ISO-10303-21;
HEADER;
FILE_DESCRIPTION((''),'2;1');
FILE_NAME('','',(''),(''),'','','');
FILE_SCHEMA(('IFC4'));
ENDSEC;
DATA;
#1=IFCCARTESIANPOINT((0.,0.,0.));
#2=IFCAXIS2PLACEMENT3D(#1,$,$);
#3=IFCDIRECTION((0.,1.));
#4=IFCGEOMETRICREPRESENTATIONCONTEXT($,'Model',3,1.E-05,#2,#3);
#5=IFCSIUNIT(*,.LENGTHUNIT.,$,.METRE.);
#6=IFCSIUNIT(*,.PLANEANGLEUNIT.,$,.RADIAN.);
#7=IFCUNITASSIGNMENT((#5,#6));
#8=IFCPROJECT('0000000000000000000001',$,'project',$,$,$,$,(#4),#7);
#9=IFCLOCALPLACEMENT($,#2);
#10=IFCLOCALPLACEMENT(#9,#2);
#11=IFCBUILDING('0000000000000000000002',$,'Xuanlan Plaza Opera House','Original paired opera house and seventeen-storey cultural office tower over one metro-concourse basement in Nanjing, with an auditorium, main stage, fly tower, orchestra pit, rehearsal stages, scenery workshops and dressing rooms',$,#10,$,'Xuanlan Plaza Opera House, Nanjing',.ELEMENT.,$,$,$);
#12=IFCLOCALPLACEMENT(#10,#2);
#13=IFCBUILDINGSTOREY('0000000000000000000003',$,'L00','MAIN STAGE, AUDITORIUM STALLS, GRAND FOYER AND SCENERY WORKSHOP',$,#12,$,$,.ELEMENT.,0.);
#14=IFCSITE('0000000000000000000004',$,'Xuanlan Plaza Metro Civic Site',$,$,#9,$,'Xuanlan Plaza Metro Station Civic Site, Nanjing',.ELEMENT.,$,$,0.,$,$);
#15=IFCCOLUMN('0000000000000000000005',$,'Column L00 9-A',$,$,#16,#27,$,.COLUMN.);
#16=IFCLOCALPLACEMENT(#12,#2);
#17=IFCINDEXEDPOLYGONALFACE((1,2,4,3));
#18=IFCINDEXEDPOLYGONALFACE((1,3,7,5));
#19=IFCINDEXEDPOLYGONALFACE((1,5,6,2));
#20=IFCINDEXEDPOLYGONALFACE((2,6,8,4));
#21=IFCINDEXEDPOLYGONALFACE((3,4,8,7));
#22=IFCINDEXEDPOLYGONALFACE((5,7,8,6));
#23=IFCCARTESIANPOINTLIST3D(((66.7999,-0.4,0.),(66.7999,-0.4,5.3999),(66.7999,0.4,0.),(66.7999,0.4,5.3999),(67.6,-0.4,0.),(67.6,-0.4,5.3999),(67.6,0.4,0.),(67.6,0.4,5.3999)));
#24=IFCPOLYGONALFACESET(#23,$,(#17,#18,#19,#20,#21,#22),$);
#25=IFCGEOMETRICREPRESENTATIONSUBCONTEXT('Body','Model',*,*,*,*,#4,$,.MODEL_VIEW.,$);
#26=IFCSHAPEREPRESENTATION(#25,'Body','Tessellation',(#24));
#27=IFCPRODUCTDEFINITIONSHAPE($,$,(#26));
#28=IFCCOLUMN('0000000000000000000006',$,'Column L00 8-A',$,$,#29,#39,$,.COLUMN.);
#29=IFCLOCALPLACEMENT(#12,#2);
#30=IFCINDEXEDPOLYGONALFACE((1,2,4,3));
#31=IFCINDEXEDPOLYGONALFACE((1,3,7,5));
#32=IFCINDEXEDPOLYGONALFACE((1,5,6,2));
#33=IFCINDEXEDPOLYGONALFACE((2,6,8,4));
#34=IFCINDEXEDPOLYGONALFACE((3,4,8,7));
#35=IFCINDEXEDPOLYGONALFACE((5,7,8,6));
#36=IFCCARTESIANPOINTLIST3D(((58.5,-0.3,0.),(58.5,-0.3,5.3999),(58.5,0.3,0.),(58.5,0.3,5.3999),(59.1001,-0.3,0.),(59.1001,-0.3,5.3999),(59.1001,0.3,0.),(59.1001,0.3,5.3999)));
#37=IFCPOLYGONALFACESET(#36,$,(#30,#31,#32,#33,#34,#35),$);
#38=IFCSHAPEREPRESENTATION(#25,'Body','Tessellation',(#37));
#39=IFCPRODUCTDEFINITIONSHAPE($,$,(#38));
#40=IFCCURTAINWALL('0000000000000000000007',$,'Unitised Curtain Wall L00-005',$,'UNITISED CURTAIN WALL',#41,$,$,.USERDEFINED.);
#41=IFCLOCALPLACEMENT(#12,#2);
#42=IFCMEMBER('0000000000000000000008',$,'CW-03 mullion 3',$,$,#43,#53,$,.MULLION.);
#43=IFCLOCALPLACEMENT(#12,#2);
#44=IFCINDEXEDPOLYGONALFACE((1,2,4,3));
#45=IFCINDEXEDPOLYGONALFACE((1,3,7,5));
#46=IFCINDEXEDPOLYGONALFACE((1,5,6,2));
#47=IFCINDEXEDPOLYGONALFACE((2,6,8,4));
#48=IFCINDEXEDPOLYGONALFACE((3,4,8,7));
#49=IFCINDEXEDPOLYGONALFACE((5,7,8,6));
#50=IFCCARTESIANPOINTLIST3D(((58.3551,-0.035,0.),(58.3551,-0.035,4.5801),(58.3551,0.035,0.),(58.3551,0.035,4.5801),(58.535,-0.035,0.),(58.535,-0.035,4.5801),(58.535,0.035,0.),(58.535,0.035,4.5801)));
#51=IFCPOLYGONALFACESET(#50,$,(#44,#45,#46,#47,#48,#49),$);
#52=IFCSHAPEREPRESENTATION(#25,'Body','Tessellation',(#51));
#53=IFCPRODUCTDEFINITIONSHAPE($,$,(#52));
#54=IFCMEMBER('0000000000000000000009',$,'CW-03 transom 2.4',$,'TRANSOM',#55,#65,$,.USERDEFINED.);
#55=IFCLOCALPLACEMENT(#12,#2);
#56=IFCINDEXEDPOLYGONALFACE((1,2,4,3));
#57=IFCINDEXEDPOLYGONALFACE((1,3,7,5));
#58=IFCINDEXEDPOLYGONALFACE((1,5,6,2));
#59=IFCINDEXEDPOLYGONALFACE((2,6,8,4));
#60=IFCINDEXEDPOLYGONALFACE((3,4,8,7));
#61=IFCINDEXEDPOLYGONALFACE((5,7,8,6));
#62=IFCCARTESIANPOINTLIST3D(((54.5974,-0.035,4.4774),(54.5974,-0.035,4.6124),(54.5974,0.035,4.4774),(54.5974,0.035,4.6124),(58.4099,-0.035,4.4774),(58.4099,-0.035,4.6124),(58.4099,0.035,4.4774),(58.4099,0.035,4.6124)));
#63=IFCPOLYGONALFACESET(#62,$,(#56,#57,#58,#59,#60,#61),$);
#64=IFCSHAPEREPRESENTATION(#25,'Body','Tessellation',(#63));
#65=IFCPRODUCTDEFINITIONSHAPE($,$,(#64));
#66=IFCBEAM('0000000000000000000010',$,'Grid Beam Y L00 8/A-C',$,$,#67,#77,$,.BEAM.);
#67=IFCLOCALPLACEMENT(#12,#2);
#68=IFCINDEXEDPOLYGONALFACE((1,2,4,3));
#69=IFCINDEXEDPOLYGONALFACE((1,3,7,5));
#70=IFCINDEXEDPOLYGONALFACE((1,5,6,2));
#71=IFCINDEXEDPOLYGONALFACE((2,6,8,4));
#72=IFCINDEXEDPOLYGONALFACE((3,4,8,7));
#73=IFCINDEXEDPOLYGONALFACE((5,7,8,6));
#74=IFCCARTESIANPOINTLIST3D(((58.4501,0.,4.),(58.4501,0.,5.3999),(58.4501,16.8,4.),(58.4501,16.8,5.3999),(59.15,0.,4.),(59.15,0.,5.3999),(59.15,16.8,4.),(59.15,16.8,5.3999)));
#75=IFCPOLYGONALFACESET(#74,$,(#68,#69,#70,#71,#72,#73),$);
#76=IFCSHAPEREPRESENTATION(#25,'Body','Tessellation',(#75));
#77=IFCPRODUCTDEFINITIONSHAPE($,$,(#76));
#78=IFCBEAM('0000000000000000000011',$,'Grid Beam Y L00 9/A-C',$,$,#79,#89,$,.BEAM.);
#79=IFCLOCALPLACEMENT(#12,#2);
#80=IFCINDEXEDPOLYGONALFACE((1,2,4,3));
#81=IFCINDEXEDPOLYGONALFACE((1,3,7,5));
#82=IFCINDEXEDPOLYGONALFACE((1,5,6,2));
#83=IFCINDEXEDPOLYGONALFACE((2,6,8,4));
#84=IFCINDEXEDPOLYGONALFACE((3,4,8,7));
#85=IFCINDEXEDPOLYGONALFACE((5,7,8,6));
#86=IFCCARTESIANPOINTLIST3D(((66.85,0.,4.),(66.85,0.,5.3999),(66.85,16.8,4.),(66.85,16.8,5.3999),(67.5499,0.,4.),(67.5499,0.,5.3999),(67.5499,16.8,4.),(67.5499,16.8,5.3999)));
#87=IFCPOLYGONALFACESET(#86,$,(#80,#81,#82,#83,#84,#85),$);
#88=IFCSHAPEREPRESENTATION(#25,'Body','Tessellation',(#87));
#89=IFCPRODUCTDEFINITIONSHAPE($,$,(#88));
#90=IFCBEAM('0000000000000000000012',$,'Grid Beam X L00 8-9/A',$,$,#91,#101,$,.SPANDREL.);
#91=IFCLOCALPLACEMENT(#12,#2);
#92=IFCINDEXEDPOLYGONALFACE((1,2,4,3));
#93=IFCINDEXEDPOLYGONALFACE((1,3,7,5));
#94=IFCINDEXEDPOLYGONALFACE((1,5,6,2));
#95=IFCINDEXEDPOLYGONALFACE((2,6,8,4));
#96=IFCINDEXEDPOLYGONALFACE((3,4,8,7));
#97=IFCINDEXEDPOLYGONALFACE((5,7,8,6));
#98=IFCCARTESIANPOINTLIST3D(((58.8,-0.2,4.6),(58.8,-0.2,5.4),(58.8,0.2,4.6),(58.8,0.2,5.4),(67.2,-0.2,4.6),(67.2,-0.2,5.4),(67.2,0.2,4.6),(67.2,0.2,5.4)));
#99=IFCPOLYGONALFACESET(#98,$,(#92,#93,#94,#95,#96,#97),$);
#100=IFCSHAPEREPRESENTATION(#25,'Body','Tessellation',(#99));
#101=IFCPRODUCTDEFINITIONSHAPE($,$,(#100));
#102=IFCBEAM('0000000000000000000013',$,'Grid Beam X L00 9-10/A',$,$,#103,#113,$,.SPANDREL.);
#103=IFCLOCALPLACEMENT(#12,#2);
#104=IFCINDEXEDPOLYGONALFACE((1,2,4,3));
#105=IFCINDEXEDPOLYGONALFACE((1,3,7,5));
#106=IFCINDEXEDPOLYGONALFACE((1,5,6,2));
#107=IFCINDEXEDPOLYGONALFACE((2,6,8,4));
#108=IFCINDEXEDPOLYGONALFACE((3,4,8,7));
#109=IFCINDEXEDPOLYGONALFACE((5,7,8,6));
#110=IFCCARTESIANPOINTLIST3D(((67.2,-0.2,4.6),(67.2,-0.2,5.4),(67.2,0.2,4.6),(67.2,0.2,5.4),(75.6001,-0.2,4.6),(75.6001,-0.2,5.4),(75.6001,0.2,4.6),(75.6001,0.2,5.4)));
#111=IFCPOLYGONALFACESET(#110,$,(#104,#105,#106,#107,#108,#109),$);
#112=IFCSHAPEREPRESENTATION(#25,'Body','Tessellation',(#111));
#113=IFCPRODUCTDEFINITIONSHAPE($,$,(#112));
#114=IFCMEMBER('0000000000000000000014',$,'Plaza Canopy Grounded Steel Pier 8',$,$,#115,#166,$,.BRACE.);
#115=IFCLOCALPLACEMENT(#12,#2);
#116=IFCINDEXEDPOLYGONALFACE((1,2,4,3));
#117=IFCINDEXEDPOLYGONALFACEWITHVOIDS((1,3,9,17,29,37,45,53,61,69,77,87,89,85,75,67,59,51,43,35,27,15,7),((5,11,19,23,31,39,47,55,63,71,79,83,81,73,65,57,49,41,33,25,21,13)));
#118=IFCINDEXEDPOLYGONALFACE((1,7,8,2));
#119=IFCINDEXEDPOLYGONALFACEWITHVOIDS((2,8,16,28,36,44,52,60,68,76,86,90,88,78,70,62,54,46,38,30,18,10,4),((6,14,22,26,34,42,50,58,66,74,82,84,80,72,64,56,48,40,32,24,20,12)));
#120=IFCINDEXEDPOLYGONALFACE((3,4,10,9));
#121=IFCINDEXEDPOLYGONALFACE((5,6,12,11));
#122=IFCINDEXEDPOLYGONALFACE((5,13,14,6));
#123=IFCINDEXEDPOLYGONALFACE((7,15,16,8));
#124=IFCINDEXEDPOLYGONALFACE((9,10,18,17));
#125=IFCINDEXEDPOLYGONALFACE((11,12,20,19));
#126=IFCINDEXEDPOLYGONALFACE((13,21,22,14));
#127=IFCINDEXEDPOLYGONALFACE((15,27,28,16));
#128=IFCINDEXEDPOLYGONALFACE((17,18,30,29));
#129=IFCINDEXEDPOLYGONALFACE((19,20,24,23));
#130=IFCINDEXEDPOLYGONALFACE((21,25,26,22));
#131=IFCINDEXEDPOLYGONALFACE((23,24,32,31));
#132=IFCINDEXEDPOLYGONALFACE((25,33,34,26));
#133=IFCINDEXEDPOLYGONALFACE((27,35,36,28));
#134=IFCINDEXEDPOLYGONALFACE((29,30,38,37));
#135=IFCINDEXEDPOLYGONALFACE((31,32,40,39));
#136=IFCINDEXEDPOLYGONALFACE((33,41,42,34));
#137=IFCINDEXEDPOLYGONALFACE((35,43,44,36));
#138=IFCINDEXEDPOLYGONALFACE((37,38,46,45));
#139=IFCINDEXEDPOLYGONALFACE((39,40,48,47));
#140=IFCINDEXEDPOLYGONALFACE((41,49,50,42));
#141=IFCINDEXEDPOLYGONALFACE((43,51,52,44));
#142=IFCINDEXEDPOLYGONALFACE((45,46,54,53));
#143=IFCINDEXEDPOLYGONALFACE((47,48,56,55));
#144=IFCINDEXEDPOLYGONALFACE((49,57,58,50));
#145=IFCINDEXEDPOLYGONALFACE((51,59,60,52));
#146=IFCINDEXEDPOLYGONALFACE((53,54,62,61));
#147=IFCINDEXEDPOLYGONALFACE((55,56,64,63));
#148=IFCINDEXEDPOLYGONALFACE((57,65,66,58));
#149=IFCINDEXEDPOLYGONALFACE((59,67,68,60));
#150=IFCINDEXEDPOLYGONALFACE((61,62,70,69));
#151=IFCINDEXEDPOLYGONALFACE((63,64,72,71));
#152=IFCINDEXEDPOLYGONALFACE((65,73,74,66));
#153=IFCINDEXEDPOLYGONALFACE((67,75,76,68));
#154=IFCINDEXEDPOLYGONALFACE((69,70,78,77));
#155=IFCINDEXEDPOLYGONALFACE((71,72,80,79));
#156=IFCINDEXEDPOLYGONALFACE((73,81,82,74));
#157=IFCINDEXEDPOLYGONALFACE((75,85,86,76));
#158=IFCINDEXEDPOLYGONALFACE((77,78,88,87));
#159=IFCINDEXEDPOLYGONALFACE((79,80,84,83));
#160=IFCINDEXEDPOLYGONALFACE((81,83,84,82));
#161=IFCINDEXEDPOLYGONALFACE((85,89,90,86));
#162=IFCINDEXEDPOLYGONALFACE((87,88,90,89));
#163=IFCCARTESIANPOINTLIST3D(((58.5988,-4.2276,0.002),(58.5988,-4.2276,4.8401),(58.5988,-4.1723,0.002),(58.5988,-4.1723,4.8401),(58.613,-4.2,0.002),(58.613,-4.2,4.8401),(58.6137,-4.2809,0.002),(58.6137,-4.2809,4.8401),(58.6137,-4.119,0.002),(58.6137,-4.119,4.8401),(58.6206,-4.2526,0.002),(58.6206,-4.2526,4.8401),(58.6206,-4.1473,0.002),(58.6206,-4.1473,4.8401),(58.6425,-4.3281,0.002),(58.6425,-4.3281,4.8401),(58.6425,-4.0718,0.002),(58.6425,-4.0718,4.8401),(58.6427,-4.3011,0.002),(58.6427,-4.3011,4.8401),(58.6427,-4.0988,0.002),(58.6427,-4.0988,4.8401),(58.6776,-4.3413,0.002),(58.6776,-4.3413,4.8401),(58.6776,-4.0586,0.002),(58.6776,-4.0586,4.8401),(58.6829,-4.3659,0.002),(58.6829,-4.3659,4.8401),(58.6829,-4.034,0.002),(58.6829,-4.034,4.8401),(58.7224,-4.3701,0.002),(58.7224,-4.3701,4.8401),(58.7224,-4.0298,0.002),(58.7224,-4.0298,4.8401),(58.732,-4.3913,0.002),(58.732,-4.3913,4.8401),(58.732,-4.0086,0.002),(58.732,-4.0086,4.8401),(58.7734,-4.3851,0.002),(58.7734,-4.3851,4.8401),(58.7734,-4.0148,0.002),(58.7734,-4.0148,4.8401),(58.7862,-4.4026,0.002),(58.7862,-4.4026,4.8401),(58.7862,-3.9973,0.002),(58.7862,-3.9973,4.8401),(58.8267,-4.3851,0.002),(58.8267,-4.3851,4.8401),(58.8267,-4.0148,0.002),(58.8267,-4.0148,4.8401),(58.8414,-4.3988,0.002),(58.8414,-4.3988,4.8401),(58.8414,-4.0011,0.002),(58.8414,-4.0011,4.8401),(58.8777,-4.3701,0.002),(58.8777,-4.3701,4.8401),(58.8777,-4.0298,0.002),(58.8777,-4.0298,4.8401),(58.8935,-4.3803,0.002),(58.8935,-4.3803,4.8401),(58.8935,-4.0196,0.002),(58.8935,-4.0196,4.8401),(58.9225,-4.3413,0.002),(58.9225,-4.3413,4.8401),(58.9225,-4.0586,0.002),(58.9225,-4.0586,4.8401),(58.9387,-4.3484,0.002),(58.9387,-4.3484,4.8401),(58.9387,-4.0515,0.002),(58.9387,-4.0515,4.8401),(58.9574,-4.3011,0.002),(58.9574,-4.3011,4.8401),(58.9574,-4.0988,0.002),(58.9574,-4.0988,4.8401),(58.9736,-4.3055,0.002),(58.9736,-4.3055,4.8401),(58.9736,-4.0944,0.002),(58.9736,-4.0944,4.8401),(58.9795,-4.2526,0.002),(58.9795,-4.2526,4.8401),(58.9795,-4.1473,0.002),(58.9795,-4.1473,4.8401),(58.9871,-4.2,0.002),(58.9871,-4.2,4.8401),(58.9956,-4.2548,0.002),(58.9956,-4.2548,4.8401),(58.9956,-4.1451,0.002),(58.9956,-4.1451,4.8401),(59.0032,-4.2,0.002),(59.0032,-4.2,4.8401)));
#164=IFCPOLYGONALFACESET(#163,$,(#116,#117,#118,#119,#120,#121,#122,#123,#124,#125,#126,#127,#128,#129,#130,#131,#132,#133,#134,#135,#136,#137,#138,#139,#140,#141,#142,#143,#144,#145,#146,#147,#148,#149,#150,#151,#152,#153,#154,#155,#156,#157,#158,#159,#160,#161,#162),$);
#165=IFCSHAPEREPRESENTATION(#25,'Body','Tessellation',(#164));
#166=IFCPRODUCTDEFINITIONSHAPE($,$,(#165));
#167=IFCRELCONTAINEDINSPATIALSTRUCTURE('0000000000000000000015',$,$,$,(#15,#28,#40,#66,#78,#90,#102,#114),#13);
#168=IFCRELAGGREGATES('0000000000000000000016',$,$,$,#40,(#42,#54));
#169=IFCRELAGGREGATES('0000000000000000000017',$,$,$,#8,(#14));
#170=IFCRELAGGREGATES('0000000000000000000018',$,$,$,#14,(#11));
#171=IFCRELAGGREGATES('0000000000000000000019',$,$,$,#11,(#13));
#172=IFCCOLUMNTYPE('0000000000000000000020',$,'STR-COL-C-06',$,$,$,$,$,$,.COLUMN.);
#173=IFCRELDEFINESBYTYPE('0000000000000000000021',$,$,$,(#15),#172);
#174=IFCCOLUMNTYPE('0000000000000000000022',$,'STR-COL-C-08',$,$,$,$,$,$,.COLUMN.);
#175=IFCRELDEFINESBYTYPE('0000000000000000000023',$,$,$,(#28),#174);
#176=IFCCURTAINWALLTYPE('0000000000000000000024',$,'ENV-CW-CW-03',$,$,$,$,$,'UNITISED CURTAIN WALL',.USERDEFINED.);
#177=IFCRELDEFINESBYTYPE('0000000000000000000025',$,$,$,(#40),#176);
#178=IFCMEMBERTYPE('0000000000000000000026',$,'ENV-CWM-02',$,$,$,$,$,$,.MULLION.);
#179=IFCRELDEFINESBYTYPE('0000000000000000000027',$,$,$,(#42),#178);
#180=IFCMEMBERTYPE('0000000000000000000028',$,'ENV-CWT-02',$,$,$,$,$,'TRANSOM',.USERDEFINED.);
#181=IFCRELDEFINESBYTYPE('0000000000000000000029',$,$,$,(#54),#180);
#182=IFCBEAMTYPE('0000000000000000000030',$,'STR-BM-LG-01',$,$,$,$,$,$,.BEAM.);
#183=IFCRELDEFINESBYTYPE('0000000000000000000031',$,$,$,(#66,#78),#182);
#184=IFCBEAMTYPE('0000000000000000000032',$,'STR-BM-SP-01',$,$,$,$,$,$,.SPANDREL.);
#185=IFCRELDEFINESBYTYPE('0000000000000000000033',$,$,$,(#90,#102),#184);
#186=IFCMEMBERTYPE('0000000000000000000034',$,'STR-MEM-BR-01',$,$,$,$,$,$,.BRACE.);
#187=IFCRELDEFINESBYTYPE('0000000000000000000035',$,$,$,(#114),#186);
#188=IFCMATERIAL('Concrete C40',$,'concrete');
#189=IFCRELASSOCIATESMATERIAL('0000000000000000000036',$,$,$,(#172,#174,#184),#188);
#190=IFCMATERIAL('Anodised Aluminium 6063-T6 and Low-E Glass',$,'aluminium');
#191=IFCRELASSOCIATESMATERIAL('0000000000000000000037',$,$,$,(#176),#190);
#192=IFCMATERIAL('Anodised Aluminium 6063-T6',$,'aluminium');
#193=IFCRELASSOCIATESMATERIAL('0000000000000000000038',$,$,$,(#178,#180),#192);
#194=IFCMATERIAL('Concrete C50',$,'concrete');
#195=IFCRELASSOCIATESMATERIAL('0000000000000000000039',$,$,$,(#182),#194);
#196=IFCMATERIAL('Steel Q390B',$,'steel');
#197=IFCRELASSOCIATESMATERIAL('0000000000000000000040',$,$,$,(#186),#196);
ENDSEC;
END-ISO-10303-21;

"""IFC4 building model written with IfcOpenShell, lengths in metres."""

from ifc_helpers import new_model, si_unit, direction, frame, origin, origin_2d, place, context, subcontext, project, spatial, rectangle, hollow_circle, extrude, material, material_profile, profile_set, type_object, element, aggregate, save


model = new_model("IFC4")

# Units and contexts
model_context = context("Model", 3, precision=1e-05, world=origin(), true_north=direction((0.0, 1.0)))
body_context = subcontext(model_context, "Body", "Model", "MODEL_VIEW")
ifc_project = project(units=[si_unit("LENGTHUNIT", "METRE"), si_unit("PLANEANGLEUNIT", "RADIAN")], contexts=[model_context])

# Site, building, storey
site_placement = place(None, origin())
site = spatial("IfcSite", under=ifc_project, at=site_placement, Name="Xuanlan Plaza Metro Civic Site", LongName="Xuanlan Plaza Metro Station Civic Site, Nanjing", CompositionType="ELEMENT", RefElevation=0.0)
building_placement = place(site_placement, origin())
building = spatial("IfcBuilding", under=site, at=building_placement, Name="Xuanlan Plaza Opera House", Description="Original paired opera house and seventeen-storey cultural office tower over one metro-concourse basement in Nanjing, with an auditorium, main stage, fly tower, orchestra pit, rehearsal stages, scenery workshops and dressing rooms", LongName="Xuanlan Plaza Opera House, Nanjing", CompositionType="ELEMENT")
storey_placement = place(building_placement, origin())
storey = spatial("IfcBuildingStorey", under=building, at=storey_placement, Name="L00", Description="MAIN STAGE, AUDITORIUM STALLS, GRAND FOYER AND SCENERY WORKSHOP", CompositionType="ELEMENT", Elevation=0.0)

# Columns
ifc_material_1 = material(Name="Concrete C40", Category="concrete")
ifc_material_profile_1 = material_profile(ifc_material_1, rectangle(XDim=0.8, YDim=0.8, at=origin_2d()), Name="RC-COL 800x800")
ifc_profile_set_1 = profile_set([ifc_material_profile_1], Name="Concrete C40")
column_type_1 = type_object("IfcColumnType", Name="STR-COL-C-06", PredefinedType="COLUMN", material=ifc_profile_set_1)
column_1_placement = place(storey_placement, frame((67.2, 0.0, 0.0), z_axis=(0.0, 0.0, 1.0), x_axis=(1.0, 0.0, 0.0)))
element("IfcColumn", 1, at=column_1_placement, inside=storey, type_object=column_type_1, Name="Column L00 9-A", PredefinedType="COLUMN", context=body_context, shape_type="SweptSolid", body=[
    extrude(rectangle(XDim=0.8, YDim=0.8, at=origin_2d()), origin(), (0.0, 0.0, 1.0), 5.3999),
])
ifc_material_profile_2 = material_profile(ifc_material_1, rectangle(XDim=0.6001, YDim=0.6001, at=origin_2d()), Name="RC-COL 600x600")
ifc_profile_set_2 = profile_set([ifc_material_profile_2], Name="Concrete C40")
column_type_2 = type_object("IfcColumnType", Name="STR-COL-C-08", PredefinedType="COLUMN", material=ifc_profile_set_2)
column_2_placement = place(storey_placement, frame((58.8, 0.0, 0.0), z_axis=(0.0, 0.0, 1.0), x_axis=(1.0, 0.0, 0.0)))
element("IfcColumn", 2, at=column_2_placement, inside=storey, type_object=column_type_2, Name="Column L00 8-A", PredefinedType="COLUMN", context=body_context, shape_type="SweptSolid", body=[
    extrude(rectangle(XDim=0.6001, YDim=0.6001, at=origin_2d()), origin(), (0.0, 0.0, 1.0), 5.3999),
])

# Curtain wall, members
ifc_material_2 = material(Name="Anodised Aluminium 6063-T6 and Low-E Glass", Category="aluminium")
curtain_wall_type = type_object("IfcCurtainWallType", Name="ENV-CW-CW-03", ElementType="UNITISED CURTAIN WALL", PredefinedType="USERDEFINED", material=ifc_material_2)
curtain_wall_placement = place(storey_placement, origin())
curtain_wall = element("IfcCurtainWall", 3, at=curtain_wall_placement, inside=storey, type_object=curtain_wall_type, Name="Unitised Curtain Wall L00-005", ObjectType="UNITISED CURTAIN WALL", PredefinedType="USERDEFINED")
ifc_material_3 = material(Name="Anodised Aluminium 6063-T6", Category="aluminium")
ifc_material_profile_3 = material_profile(ifc_material_3, rectangle(XDim=0.0701, YDim=0.1799, at=origin_2d()), Name="ALU-M 70x180")
ifc_profile_set_3 = profile_set([ifc_material_profile_3], Name="Anodised Aluminium 6063-T6")
member_type_1 = type_object("IfcMemberType", Name="ENV-CWM-02", PredefinedType="MULLION", material=ifc_profile_set_3)
member_1_placement = place(storey_placement, frame((58.4451, 0.0, 0.0), z_axis=(0.0, 0.0, 1.0), x_axis=(0.0, 1.0, 0.0)))
member_1 = element("IfcMember", 4, at=member_1_placement, type_object=member_type_1, Name="CW-03 mullion 3", PredefinedType="MULLION", context=body_context, shape_type="SweptSolid", body=[
    extrude(rectangle(XDim=0.0701, YDim=0.1799, at=origin_2d()), origin(), (0.0, 0.0, 1.0), 4.5801),
])
ifc_material_profile_4 = material_profile(ifc_material_3, rectangle(XDim=0.0701, YDim=0.135, at=origin_2d()), Name="ALU-T 70x135")
ifc_profile_set_4 = profile_set([ifc_material_profile_4], Name="Anodised Aluminium 6063-T6")
member_type_2 = type_object("IfcMemberType", Name="ENV-CWT-02", ElementType="TRANSOM", PredefinedType="USERDEFINED", material=ifc_profile_set_4)
member_2_placement = place(storey_placement, frame((54.5974, 0.0, 4.5449), z_axis=(1.0, 0.0, 0.0), x_axis=(0.0, 1.0, 0.0)))
member_2 = element("IfcMember", 5, at=member_2_placement, type_object=member_type_2, Name="CW-03 transom 2.4", ObjectType="TRANSOM", PredefinedType="USERDEFINED", context=body_context, shape_type="SweptSolid", body=[
    extrude(rectangle(XDim=0.0701, YDim=0.135, at=origin_2d()), origin(), (0.0, 0.0, 1.0), 3.8125),
])

# Beams
ifc_material_4 = material(Name="Concrete C50", Category="concrete")
ifc_material_profile_5 = material_profile(ifc_material_4, rectangle(XDim=0.7, YDim=1.3999, at=origin_2d()), Name="RC-LG 700x1400")
ifc_profile_set_5 = profile_set([ifc_material_profile_5], Name="Concrete C50")
beam_type_1 = type_object("IfcBeamType", Name="STR-BM-LG-01", PredefinedType="BEAM", material=ifc_profile_set_5)
for number, where, z_axis, x_axis, name in (
    (6, (58.8, 0.0, 4.7), (0.0, 1.0, 0.0), (-1.0, 0.0, 0.0), "Grid Beam Y L00 8/A-C"),
    (7, (67.2, 0.0, 4.7), (0.0, 1.0, 0.0), (-1.0, 0.0, 0.0), "Grid Beam Y L00 9/A-C"),
):
    element("IfcBeam", number, at=place(storey_placement, frame(where, z_axis=z_axis, x_axis=x_axis)), inside=storey, type_object=beam_type_1, Name=name, PredefinedType="BEAM", context=body_context, shape_type="SweptSolid", body=[
        extrude(rectangle(XDim=0.7, YDim=1.3999, at=origin_2d()), origin(), (0.0, 0.0, 1.0), 16.8),
    ])
ifc_material_profile_6 = material_profile(ifc_material_1, rectangle(XDim=0.3999, YDim=0.8, at=origin_2d()), Name="RC-SPD 400x800")
ifc_profile_set_6 = profile_set([ifc_material_profile_6], Name="Concrete C40")
beam_type_2 = type_object("IfcBeamType", Name="STR-BM-SP-01", PredefinedType="SPANDREL", material=ifc_profile_set_6)
beam_1_placement = place(storey_placement, frame((58.8, 0.0, 5.0), z_axis=(1.0, 0.0, 0.0), x_axis=(0.0, 1.0, 0.0)))
element("IfcBeam", 8, at=beam_1_placement, inside=storey, type_object=beam_type_2, Name="Grid Beam X L00 8-9/A", PredefinedType="SPANDREL", context=body_context, shape_type="SweptSolid", body=[
    extrude(rectangle(XDim=0.3999, YDim=0.8, at=origin_2d()), origin(), (0.0, 0.0, 1.0), 8.3999),
])
beam_2_placement = place(storey_placement, frame((67.2, 0.0, 5.0), z_axis=(1.0, 0.0, 0.0), x_axis=(0.0, 1.0, 0.0)))
element("IfcBeam", 9, at=beam_2_placement, inside=storey, type_object=beam_type_2, Name="Grid Beam X L00 9-10/A", PredefinedType="SPANDREL", context=body_context, shape_type="SweptSolid", body=[
    extrude(rectangle(XDim=0.3999, YDim=0.8, at=origin_2d()), origin(), (0.0, 0.0, 1.0), 8.4001),
])

# Member
ifc_material_5 = material(Name="Steel Q390B", Category="steel")
ifc_material_profile_7 = material_profile(ifc_material_5, hollow_circle(Radius=0.2031, WallThickness=0.0161, at=origin_2d()), Name="CHS 406.4x16")
ifc_profile_set_7 = profile_set([ifc_material_profile_7], Name="Steel Q390B")
member_type_3 = type_object("IfcMemberType", Name="STR-MEM-BR-01", PredefinedType="BRACE", material=ifc_profile_set_7)
member_3_placement = place(storey_placement, frame((58.8, -4.2, 0.002), z_axis=(0.0, 0.0, 1.0), x_axis=(1.0, 0.0, 0.0)))
element("IfcMember", 10, at=member_3_placement, inside=storey, type_object=member_type_3, Name="Plaza Canopy Grounded Steel Pier 8", PredefinedType="BRACE", context=body_context, shape_type="SweptSolid", body=[
    extrude(hollow_circle(Radius=0.2031, WallThickness=0.0161, at=origin_2d()), origin(), (0.0, 0.0, 1.0), 4.8381),
])

aggregate(curtain_wall, [member_1, member_2])

save(model, "model.ifc")
